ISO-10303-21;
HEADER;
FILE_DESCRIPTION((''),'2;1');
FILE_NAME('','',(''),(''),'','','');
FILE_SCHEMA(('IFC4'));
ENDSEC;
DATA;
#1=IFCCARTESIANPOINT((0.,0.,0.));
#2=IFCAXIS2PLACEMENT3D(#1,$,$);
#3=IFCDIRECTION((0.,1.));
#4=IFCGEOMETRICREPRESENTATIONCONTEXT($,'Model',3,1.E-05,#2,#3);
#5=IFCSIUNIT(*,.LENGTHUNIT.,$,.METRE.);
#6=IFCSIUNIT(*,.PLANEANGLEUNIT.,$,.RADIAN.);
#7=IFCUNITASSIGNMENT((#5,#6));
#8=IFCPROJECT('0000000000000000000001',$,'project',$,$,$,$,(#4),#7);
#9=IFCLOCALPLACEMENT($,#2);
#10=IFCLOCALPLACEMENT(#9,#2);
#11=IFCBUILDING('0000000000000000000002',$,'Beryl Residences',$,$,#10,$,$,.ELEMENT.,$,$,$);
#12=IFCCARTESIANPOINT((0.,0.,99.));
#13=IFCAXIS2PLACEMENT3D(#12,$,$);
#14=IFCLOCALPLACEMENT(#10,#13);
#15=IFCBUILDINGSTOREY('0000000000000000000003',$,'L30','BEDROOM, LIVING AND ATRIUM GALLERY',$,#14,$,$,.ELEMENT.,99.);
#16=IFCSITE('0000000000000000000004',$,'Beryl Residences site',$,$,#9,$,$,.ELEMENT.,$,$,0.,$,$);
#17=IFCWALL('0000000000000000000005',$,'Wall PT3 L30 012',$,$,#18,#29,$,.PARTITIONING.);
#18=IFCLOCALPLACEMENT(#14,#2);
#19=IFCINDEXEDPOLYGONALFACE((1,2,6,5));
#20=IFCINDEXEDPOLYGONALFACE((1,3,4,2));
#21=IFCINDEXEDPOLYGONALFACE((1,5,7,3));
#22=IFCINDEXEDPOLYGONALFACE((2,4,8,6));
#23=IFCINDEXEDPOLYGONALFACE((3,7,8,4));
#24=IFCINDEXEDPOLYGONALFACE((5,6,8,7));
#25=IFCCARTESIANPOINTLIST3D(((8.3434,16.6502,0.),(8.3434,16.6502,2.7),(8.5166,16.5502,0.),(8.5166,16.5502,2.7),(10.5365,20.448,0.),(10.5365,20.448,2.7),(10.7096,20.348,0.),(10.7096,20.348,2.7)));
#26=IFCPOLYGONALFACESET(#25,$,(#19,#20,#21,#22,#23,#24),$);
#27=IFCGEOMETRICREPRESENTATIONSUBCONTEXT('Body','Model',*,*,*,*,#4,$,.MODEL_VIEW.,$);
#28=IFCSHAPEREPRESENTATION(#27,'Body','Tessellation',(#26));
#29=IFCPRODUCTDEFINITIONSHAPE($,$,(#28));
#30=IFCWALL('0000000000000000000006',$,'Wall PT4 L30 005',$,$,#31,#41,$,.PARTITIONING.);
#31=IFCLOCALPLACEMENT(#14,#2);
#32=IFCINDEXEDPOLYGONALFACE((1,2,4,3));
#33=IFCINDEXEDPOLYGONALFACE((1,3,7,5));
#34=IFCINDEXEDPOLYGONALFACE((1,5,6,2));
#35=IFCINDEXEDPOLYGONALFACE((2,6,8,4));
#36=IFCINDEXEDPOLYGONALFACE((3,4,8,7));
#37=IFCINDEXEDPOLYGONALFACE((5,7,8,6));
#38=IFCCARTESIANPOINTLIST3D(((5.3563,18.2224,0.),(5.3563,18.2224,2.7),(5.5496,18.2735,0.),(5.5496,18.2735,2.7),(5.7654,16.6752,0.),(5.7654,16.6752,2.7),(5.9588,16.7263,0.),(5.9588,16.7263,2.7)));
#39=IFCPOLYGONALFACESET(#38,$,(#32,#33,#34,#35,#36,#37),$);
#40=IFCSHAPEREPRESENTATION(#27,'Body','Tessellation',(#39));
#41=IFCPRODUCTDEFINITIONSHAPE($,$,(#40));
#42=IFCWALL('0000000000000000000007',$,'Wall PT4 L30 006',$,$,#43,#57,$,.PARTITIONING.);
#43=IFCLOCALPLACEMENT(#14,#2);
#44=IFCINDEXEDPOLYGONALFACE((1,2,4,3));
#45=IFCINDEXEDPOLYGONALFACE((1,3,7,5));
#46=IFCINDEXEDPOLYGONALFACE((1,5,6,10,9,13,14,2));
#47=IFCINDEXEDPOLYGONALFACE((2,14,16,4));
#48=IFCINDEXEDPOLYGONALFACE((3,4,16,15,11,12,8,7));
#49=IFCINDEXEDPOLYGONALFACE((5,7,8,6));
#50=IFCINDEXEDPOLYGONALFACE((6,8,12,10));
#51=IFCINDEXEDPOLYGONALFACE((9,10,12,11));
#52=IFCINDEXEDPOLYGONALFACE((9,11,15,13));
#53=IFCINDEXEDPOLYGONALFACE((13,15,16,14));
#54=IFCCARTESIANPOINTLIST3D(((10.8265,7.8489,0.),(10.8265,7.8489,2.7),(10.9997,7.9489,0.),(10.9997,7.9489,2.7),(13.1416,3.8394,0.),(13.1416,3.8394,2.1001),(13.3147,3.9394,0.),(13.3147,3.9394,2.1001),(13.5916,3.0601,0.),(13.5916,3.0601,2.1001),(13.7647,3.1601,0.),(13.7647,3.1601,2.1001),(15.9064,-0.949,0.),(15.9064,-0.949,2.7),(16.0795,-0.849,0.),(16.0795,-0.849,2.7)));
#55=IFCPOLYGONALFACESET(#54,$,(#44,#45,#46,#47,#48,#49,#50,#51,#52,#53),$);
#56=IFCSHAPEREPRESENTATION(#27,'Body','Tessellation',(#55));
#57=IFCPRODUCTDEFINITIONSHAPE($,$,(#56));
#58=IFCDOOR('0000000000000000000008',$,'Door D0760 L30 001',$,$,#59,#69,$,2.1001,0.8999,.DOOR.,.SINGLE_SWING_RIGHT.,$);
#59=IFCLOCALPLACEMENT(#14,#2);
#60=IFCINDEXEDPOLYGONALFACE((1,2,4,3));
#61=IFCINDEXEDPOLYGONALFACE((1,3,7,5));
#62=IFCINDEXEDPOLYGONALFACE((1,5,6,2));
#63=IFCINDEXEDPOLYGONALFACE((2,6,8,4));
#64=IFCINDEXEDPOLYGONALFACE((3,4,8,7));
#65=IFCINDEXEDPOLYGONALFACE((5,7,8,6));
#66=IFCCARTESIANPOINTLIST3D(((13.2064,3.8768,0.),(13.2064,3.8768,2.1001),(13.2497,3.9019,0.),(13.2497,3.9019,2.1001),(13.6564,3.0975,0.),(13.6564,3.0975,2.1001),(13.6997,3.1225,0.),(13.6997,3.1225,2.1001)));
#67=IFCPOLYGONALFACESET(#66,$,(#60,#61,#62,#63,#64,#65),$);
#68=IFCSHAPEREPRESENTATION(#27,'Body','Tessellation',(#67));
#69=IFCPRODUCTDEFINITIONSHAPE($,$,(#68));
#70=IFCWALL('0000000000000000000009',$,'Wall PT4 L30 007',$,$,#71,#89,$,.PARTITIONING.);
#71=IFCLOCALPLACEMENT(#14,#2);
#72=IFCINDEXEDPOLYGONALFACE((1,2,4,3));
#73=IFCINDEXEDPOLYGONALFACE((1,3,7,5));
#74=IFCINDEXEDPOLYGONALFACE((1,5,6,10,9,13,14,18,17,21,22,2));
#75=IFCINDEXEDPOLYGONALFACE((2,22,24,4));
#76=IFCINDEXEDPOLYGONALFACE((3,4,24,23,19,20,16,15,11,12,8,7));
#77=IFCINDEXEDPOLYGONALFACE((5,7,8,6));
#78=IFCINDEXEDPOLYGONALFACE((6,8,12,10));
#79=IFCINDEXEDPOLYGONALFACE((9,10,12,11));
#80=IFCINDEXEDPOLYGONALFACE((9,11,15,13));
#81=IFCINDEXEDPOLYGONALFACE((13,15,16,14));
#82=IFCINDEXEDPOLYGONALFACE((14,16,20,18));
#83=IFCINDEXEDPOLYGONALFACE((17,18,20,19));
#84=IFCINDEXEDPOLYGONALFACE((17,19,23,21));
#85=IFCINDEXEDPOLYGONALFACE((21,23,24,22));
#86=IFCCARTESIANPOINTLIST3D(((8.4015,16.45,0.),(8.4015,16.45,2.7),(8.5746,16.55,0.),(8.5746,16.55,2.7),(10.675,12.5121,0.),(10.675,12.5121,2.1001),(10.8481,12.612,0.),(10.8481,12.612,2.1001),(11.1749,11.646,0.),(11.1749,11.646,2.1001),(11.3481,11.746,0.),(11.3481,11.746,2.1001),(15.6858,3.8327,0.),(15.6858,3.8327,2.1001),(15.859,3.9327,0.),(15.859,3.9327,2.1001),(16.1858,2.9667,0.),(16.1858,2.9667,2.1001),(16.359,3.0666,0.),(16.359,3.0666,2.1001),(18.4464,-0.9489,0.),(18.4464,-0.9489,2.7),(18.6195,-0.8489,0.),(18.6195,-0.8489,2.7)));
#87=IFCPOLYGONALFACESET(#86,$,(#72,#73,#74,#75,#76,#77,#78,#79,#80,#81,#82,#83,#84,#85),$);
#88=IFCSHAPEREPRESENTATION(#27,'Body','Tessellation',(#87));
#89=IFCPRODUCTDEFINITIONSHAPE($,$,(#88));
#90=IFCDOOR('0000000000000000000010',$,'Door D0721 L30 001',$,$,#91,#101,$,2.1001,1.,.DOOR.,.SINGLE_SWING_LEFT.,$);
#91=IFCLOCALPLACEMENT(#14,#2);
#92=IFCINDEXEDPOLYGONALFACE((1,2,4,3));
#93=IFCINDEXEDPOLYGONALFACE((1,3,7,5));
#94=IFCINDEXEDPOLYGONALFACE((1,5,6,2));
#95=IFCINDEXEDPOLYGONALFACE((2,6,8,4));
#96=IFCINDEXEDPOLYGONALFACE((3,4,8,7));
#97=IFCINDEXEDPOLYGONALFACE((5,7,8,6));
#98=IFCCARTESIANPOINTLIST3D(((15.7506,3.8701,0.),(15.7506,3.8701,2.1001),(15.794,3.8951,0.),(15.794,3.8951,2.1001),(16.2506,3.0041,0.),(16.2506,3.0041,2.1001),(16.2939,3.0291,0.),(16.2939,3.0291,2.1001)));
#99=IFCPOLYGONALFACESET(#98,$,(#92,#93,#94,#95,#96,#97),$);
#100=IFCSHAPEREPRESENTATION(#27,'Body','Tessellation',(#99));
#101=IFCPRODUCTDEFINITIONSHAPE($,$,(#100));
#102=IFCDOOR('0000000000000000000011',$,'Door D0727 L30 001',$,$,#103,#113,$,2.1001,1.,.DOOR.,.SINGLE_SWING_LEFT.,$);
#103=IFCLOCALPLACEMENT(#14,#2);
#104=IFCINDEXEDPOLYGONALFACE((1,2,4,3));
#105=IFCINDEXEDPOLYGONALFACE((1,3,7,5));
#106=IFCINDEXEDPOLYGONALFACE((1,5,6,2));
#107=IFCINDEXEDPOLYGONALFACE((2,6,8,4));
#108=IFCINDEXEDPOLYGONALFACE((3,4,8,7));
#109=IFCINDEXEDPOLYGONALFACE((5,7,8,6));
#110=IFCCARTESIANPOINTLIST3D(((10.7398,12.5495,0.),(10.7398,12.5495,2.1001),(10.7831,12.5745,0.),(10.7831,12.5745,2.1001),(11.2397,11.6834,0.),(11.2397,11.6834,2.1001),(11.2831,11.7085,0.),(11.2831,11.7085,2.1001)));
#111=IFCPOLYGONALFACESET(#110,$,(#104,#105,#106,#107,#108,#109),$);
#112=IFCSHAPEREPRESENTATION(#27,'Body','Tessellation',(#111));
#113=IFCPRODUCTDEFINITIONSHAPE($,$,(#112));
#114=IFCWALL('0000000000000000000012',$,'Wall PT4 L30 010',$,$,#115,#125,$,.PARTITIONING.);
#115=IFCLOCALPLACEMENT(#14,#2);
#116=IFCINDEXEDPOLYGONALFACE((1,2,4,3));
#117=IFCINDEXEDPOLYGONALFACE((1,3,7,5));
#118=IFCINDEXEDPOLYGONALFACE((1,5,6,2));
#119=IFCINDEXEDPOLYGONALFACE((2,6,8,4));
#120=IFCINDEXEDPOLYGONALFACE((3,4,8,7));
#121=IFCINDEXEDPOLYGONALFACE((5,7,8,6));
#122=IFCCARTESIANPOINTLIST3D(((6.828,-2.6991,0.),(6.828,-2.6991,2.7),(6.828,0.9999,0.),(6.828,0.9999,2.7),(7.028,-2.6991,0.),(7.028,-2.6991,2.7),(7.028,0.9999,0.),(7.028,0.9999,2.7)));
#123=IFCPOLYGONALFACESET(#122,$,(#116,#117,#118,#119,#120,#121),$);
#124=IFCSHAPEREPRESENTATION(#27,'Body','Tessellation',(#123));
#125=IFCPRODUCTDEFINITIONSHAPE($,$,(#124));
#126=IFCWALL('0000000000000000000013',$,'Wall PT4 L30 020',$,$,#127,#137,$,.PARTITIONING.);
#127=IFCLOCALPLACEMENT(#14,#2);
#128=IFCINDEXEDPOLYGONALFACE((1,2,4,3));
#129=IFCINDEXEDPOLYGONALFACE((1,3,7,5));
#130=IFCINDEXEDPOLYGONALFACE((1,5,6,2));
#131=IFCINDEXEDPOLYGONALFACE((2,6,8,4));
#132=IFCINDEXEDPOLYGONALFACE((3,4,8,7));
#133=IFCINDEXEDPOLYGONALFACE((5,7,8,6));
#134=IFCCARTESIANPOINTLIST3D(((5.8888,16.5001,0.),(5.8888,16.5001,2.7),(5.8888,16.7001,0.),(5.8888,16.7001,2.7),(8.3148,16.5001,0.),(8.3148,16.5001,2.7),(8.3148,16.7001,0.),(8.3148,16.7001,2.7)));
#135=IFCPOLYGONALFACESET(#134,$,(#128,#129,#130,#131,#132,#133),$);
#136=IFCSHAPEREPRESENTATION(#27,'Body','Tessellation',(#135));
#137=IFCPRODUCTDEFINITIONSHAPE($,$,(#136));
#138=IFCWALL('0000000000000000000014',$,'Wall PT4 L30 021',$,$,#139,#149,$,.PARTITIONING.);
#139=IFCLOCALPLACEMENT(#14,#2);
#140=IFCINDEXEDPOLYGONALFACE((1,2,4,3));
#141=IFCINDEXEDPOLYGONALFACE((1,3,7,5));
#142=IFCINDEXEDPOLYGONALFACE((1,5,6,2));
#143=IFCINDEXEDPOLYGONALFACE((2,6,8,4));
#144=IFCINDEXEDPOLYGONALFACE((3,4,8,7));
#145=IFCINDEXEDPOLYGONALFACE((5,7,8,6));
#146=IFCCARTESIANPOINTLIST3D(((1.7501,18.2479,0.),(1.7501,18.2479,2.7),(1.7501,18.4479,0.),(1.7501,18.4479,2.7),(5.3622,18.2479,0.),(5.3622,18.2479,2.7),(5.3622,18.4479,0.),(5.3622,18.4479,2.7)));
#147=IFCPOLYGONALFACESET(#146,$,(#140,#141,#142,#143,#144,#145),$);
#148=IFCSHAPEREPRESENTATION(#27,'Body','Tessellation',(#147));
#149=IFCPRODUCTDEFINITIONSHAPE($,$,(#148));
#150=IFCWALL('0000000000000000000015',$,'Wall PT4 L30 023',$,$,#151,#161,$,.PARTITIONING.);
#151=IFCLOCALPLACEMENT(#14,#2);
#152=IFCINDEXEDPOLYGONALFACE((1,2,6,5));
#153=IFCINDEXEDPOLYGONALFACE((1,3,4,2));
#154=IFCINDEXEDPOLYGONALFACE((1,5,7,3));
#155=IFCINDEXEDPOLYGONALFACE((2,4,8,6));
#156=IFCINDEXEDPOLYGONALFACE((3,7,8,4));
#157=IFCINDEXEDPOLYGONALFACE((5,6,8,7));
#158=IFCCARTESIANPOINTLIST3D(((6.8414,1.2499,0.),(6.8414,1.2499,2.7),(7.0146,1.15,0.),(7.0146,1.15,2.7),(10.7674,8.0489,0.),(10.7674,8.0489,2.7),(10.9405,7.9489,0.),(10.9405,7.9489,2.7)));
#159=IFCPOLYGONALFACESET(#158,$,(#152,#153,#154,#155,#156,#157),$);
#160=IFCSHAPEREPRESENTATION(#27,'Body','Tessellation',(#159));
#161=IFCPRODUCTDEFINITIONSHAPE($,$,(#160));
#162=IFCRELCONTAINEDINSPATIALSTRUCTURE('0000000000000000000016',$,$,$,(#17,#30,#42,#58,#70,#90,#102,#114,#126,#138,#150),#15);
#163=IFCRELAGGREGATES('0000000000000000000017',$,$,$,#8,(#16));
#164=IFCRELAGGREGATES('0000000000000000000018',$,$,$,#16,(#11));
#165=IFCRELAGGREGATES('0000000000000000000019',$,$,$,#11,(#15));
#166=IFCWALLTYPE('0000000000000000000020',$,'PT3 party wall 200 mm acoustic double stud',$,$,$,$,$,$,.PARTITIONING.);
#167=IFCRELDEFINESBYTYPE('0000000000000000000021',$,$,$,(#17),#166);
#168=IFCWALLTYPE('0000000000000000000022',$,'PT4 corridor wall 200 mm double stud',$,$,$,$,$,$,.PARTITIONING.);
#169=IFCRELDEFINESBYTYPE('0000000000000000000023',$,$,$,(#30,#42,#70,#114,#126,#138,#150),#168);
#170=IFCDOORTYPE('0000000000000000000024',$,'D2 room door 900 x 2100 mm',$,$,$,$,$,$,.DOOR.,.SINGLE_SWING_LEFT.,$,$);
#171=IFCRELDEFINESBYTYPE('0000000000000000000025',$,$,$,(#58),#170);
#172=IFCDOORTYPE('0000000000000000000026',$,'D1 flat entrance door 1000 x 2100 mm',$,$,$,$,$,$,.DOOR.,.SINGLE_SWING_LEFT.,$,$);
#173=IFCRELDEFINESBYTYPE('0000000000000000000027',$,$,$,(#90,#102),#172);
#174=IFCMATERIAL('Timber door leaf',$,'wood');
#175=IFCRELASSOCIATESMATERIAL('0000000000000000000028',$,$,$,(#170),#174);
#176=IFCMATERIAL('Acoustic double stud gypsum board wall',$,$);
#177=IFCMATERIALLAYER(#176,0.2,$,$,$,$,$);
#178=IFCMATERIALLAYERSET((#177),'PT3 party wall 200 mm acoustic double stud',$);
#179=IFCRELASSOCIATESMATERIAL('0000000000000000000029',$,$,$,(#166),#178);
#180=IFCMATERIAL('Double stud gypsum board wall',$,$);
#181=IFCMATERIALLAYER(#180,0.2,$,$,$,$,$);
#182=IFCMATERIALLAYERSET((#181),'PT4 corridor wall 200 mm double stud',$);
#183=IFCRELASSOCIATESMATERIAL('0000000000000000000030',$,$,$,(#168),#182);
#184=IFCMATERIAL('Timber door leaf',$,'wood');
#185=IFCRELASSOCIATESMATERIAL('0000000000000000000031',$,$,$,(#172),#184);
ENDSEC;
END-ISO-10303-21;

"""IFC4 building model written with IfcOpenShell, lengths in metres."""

from ifc_helpers import new_model, si_unit, direction, frame, frame_2d, origin, place, context, subcontext, project, spatial, rectangle, extrude, material, layer, layer_set, type_object, element, fill, save


model = new_model("IFC4")

# Units and contexts
model_context = context("Model", 3, precision=1e-05, world=origin(), true_north=direction((0.0, 1.0)))
body_context = subcontext(model_context, "Body", "Model", "MODEL_VIEW")
ifc_project = project(units=[si_unit("LENGTHUNIT", "METRE"), si_unit("PLANEANGLEUNIT", "RADIAN")], contexts=[model_context])

# Site, building, storey
site_placement = place(None, origin())
site = spatial("IfcSite", under=ifc_project, at=site_placement, Name="Beryl Residences site", CompositionType="ELEMENT", RefElevation=0.0)
building_placement = place(site_placement, origin())
building = spatial("IfcBuilding", under=site, at=building_placement, Name="Beryl Residences", CompositionType="ELEMENT")
storey_placement = place(building_placement, frame((0.0, 0.0, 99.0)))
storey = spatial("IfcBuildingStorey", under=building, at=storey_placement, Name="L30", Description="BEDROOM, LIVING AND ATRIUM GALLERY", CompositionType="ELEMENT", Elevation=99.0)

# Shared definitions
ifc_material_1 = material(Name="Timber door leaf", Category="wood")
door_type_1 = type_object("IfcDoorType", Name="D2 room door 900 x 2100 mm", OperationType="SINGLE_SWING_LEFT", PredefinedType="DOOR", material=ifc_material_1)

# Walls
ifc_material_2 = material(Name="Acoustic double stud gypsum board wall")
ifc_layer_1 = layer(ifc_material_2, 0.2)
ifc_layer_set_1 = layer_set([ifc_layer_1], Name="PT3 party wall 200 mm acoustic double stud")
wall_type_1 = type_object("IfcWallType", Name="PT3 party wall 200 mm acoustic double stud", PredefinedType="PARTITIONING", material=ifc_layer_set_1)
wall_1_placement = place(storey_placement, frame((8.4299, 16.6001, 0.0), z_axis=(0.0, 0.0, 1.0), x_axis=(0.500073, 0.865983, 0.0)))
element("IfcWall", 1, at=wall_1_placement, inside=storey, type_object=wall_type_1, Name="Wall PT3 L30 012", PredefinedType="PARTITIONING", context=body_context, shape_type="SweptSolid", body=[
    extrude(rectangle(XDim=4.3855, YDim=0.2, at=frame_2d((2.1929, 0.0))), origin(), (0.0, 0.0, 1.0), 2.7),
])
ifc_material_3 = material(Name="Double stud gypsum board wall")
ifc_layer_2 = layer(ifc_material_3, 0.2)
ifc_layer_set_2 = layer_set([ifc_layer_2], Name="PT4 corridor wall 200 mm double stud")
wall_type_2 = type_object("IfcWallType", Name="PT4 corridor wall 200 mm double stud", PredefinedType="PARTITIONING", material=ifc_layer_set_2)
wall_2_placement = place(storey_placement, frame((5.4529, 18.248, 0.0), z_axis=(0.0, 0.0, 1.0), x_axis=(0.255687, -0.96676, 0.0)))
element("IfcWall", 2, at=wall_2_placement, inside=storey, type_object=wall_type_2, Name="Wall PT4 L30 005", PredefinedType="PARTITIONING", context=body_context, shape_type="SweptSolid", body=[
    extrude(rectangle(XDim=1.6003, YDim=0.2, at=frame_2d((0.8003, 0.0))), origin(), (0.0, 0.0, 1.0), 2.7),
])

# Wall, opening, door
wall_3_placement = place(storey_placement, frame((10.9131, 7.8989, 0.0), z_axis=(0.0, 0.0, 1.0), x_axis=(0.500029, -0.866009, 0.0)))
wall_3 = element("IfcWall", 3, at=wall_3_placement, inside=storey, type_object=wall_type_2, Name="Wall PT4 L30 006", PredefinedType="PARTITIONING", context=body_context, shape_type="SweptSolid", body=[
    extrude(rectangle(XDim=10.1592, YDim=0.2, at=frame_2d((5.0796, 0.0))), origin(), (0.0, 0.0, 1.0), 2.7),
])
opening_1_placement = place(wall_3_placement, frame((4.6299, 0.0, 0.0)))
opening_1 = element("IfcOpeningElement", 4, at=opening_1_placement, cuts=wall_3, PredefinedType="OPENING", context=body_context, shape_type="SweptSolid", body=[
    extrude(rectangle(XDim=0.8999, YDim=2.1001, at=frame_2d((0.45, 1.05))), frame((0.0, 0.1099, 0.0), z_axis=(0.0, -1.0, 0.0), x_axis=(1.0, 0.0, 0.0)), (0.0, 0.0, 1.0), 0.22),
])
door_1_placement = place(opening_1_placement, origin())
door_1 = element("IfcDoor", 5, at=door_1_placement, inside=storey, type_object=door_type_1, Name="Door D0760 L30 001", OperationType="SINGLE_SWING_RIGHT", OverallHeight=2.1001, OverallWidth=0.8999, PredefinedType="DOOR", context=body_context, shape_type="SweptSolid", body=[
    extrude(rectangle(XDim=0.8999, YDim=2.1001, at=frame_2d((0.45, 1.05))), frame((0.0, 0.0249, 0.0), z_axis=(0.0, -1.0, 0.0), x_axis=(1.0, 0.0, 0.0)), (0.0, 0.0, 1.0), 0.05),
])
fill(opening_1, door_1)

# Wall, openings, doors
wall_4_placement = place(storey_placement, frame((8.488, 16.5, 0.0), z_axis=(0.0, 0.0, 1.0), x_axis=(0.499987, -0.866033, 0.0)))
wall_4 = element("IfcWall", 6, at=wall_4_placement, inside=storey, type_object=wall_type_2, Name="Wall PT4 L30 007", PredefinedType="PARTITIONING", context=body_context, shape_type="SweptSolid", body=[
    extrude(rectangle(XDim=20.0903, YDim=0.2, at=frame_2d((10.0452, 0.0))), origin(), (0.0, 0.0, 1.0), 2.7),
])
opening_2_placement = place(wall_4_placement, frame((14.5691, 0.0, 0.0)))
opening_2 = element("IfcOpeningElement", 7, at=opening_2_placement, cuts=wall_4, PredefinedType="OPENING", context=body_context, shape_type="SweptSolid", body=[
    extrude(rectangle(XDim=1.0, YDim=2.1001, at=frame_2d((0.5, 1.05))), frame((0.0, 0.1099, 0.0), z_axis=(0.0, -1.0, 0.0), x_axis=(1.0, 0.0, 0.0)), (0.0, 0.0, 1.0), 0.22),
])
opening_3_placement = place(wall_4_placement, frame((4.5471, 0.0, 0.0)))
opening_3 = element("IfcOpeningElement", 8, at=opening_3_placement, cuts=wall_4, PredefinedType="OPENING", context=body_context, shape_type="SweptSolid", body=[
    extrude(rectangle(XDim=1.0, YDim=2.1001, at=frame_2d((0.5, 1.05))), frame((0.0, 0.1099, 0.0), z_axis=(0.0, -1.0, 0.0), x_axis=(1.0, 0.0, 0.0)), (0.0, 0.0, 1.0), 0.22),
])
ifc_material_4 = material(Name="Timber door leaf", Category="wood")
door_type_2 = type_object("IfcDoorType", Name="D1 flat entrance door 1000 x 2100 mm", OperationType="SINGLE_SWING_LEFT", PredefinedType="DOOR", material=ifc_material_4)
door_2_placement = place(opening_2_placement, origin())
door_2 = element("IfcDoor", 9, at=door_2_placement, inside=storey, type_object=door_type_2, Name="Door D0721 L30 001", OperationType="SINGLE_SWING_LEFT", OverallHeight=2.1001, OverallWidth=1.0, PredefinedType="DOOR", context=body_context, shape_type="SweptSolid", body=[
    extrude(rectangle(XDim=1.0, YDim=2.1001, at=frame_2d((0.5, 1.05))), frame((0.0, 0.0249, 0.0), z_axis=(0.0, -1.0, 0.0), x_axis=(1.0, 0.0, 0.0)), (0.0, 0.0, 1.0), 0.05),
])
fill(opening_2, door_2)
door_3_placement = place(opening_3_placement, origin())
door_3 = element("IfcDoor", 10, at=door_3_placement, inside=storey, type_object=door_type_2, Name="Door D0727 L30 001", OperationType="SINGLE_SWING_LEFT", OverallHeight=2.1001, OverallWidth=1.0, PredefinedType="DOOR", context=body_context, shape_type="SweptSolid", body=[
    extrude(rectangle(XDim=1.0, YDim=2.1001, at=frame_2d((0.5, 1.05))), frame((0.0, 0.0249, 0.0), z_axis=(0.0, -1.0, 0.0), x_axis=(1.0, 0.0, 0.0)), (0.0, 0.0, 1.0), 0.05),
])
fill(opening_3, door_3)

# Walls
wall_5_placement = place(storey_placement, frame((6.928, 1.0, 0.0), z_axis=(0.0, 0.0, 1.0), x_axis=(0.0, -1.0, 0.0)))
element("IfcWall", 11, at=wall_5_placement, inside=storey, type_object=wall_type_2, Name="Wall PT4 L30 010", PredefinedType="PARTITIONING", context=body_context, shape_type="SweptSolid", body=[
    extrude(rectangle(XDim=3.699, YDim=0.2, at=frame_2d((1.8496, 0.0))), origin(), (0.0, 0.0, 1.0), 2.7),
])
wall_6_placement = place(storey_placement, frame((5.8889, 16.6001, 0.0), z_axis=(0.0, 0.0, 1.0), x_axis=(1.0, 0.0, 0.0)))
element("IfcWall", 12, at=wall_6_placement, inside=storey, type_object=wall_type_2, Name="Wall PT4 L30 020", PredefinedType="PARTITIONING", context=body_context, shape_type="SweptSolid", body=[
    extrude(rectangle(XDim=2.426, YDim=0.2, at=frame_2d((1.2129, 0.0))), origin(), (0.0, 0.0, 1.0), 2.7),
])
wall_7_placement = place(storey_placement, frame((1.75, 18.3479, 0.0), z_axis=(0.0, 0.0, 1.0), x_axis=(1.0, 0.0, 0.0)))
element("IfcWall", 13, at=wall_7_placement, inside=storey, type_object=wall_type_2, Name="Wall PT4 L30 021", PredefinedType="PARTITIONING", context=body_context, shape_type="SweptSolid", body=[
    extrude(rectangle(XDim=3.6121, YDim=0.2, at=frame_2d((1.8062, 0.0))), origin(), (0.0, 0.0, 1.0), 2.7),
])
wall_8_placement = place(storey_placement, frame((6.928, 1.2, 0.0), z_axis=(0.0, 0.0, 1.0), x_axis=(0.500055, 0.865993, 0.0)))
element("IfcWall", 14, at=wall_8_placement, inside=storey, type_object=wall_type_2, Name="Wall PT4 L30 023", PredefinedType="PARTITIONING", context=body_context, shape_type="SweptSolid", body=[
    extrude(rectangle(XDim=7.8511, YDim=0.2, at=frame_2d((3.9255, 0.0))), origin(), (0.0, 0.0, 1.0), 2.7),
])

save(model, "model.ifc")
